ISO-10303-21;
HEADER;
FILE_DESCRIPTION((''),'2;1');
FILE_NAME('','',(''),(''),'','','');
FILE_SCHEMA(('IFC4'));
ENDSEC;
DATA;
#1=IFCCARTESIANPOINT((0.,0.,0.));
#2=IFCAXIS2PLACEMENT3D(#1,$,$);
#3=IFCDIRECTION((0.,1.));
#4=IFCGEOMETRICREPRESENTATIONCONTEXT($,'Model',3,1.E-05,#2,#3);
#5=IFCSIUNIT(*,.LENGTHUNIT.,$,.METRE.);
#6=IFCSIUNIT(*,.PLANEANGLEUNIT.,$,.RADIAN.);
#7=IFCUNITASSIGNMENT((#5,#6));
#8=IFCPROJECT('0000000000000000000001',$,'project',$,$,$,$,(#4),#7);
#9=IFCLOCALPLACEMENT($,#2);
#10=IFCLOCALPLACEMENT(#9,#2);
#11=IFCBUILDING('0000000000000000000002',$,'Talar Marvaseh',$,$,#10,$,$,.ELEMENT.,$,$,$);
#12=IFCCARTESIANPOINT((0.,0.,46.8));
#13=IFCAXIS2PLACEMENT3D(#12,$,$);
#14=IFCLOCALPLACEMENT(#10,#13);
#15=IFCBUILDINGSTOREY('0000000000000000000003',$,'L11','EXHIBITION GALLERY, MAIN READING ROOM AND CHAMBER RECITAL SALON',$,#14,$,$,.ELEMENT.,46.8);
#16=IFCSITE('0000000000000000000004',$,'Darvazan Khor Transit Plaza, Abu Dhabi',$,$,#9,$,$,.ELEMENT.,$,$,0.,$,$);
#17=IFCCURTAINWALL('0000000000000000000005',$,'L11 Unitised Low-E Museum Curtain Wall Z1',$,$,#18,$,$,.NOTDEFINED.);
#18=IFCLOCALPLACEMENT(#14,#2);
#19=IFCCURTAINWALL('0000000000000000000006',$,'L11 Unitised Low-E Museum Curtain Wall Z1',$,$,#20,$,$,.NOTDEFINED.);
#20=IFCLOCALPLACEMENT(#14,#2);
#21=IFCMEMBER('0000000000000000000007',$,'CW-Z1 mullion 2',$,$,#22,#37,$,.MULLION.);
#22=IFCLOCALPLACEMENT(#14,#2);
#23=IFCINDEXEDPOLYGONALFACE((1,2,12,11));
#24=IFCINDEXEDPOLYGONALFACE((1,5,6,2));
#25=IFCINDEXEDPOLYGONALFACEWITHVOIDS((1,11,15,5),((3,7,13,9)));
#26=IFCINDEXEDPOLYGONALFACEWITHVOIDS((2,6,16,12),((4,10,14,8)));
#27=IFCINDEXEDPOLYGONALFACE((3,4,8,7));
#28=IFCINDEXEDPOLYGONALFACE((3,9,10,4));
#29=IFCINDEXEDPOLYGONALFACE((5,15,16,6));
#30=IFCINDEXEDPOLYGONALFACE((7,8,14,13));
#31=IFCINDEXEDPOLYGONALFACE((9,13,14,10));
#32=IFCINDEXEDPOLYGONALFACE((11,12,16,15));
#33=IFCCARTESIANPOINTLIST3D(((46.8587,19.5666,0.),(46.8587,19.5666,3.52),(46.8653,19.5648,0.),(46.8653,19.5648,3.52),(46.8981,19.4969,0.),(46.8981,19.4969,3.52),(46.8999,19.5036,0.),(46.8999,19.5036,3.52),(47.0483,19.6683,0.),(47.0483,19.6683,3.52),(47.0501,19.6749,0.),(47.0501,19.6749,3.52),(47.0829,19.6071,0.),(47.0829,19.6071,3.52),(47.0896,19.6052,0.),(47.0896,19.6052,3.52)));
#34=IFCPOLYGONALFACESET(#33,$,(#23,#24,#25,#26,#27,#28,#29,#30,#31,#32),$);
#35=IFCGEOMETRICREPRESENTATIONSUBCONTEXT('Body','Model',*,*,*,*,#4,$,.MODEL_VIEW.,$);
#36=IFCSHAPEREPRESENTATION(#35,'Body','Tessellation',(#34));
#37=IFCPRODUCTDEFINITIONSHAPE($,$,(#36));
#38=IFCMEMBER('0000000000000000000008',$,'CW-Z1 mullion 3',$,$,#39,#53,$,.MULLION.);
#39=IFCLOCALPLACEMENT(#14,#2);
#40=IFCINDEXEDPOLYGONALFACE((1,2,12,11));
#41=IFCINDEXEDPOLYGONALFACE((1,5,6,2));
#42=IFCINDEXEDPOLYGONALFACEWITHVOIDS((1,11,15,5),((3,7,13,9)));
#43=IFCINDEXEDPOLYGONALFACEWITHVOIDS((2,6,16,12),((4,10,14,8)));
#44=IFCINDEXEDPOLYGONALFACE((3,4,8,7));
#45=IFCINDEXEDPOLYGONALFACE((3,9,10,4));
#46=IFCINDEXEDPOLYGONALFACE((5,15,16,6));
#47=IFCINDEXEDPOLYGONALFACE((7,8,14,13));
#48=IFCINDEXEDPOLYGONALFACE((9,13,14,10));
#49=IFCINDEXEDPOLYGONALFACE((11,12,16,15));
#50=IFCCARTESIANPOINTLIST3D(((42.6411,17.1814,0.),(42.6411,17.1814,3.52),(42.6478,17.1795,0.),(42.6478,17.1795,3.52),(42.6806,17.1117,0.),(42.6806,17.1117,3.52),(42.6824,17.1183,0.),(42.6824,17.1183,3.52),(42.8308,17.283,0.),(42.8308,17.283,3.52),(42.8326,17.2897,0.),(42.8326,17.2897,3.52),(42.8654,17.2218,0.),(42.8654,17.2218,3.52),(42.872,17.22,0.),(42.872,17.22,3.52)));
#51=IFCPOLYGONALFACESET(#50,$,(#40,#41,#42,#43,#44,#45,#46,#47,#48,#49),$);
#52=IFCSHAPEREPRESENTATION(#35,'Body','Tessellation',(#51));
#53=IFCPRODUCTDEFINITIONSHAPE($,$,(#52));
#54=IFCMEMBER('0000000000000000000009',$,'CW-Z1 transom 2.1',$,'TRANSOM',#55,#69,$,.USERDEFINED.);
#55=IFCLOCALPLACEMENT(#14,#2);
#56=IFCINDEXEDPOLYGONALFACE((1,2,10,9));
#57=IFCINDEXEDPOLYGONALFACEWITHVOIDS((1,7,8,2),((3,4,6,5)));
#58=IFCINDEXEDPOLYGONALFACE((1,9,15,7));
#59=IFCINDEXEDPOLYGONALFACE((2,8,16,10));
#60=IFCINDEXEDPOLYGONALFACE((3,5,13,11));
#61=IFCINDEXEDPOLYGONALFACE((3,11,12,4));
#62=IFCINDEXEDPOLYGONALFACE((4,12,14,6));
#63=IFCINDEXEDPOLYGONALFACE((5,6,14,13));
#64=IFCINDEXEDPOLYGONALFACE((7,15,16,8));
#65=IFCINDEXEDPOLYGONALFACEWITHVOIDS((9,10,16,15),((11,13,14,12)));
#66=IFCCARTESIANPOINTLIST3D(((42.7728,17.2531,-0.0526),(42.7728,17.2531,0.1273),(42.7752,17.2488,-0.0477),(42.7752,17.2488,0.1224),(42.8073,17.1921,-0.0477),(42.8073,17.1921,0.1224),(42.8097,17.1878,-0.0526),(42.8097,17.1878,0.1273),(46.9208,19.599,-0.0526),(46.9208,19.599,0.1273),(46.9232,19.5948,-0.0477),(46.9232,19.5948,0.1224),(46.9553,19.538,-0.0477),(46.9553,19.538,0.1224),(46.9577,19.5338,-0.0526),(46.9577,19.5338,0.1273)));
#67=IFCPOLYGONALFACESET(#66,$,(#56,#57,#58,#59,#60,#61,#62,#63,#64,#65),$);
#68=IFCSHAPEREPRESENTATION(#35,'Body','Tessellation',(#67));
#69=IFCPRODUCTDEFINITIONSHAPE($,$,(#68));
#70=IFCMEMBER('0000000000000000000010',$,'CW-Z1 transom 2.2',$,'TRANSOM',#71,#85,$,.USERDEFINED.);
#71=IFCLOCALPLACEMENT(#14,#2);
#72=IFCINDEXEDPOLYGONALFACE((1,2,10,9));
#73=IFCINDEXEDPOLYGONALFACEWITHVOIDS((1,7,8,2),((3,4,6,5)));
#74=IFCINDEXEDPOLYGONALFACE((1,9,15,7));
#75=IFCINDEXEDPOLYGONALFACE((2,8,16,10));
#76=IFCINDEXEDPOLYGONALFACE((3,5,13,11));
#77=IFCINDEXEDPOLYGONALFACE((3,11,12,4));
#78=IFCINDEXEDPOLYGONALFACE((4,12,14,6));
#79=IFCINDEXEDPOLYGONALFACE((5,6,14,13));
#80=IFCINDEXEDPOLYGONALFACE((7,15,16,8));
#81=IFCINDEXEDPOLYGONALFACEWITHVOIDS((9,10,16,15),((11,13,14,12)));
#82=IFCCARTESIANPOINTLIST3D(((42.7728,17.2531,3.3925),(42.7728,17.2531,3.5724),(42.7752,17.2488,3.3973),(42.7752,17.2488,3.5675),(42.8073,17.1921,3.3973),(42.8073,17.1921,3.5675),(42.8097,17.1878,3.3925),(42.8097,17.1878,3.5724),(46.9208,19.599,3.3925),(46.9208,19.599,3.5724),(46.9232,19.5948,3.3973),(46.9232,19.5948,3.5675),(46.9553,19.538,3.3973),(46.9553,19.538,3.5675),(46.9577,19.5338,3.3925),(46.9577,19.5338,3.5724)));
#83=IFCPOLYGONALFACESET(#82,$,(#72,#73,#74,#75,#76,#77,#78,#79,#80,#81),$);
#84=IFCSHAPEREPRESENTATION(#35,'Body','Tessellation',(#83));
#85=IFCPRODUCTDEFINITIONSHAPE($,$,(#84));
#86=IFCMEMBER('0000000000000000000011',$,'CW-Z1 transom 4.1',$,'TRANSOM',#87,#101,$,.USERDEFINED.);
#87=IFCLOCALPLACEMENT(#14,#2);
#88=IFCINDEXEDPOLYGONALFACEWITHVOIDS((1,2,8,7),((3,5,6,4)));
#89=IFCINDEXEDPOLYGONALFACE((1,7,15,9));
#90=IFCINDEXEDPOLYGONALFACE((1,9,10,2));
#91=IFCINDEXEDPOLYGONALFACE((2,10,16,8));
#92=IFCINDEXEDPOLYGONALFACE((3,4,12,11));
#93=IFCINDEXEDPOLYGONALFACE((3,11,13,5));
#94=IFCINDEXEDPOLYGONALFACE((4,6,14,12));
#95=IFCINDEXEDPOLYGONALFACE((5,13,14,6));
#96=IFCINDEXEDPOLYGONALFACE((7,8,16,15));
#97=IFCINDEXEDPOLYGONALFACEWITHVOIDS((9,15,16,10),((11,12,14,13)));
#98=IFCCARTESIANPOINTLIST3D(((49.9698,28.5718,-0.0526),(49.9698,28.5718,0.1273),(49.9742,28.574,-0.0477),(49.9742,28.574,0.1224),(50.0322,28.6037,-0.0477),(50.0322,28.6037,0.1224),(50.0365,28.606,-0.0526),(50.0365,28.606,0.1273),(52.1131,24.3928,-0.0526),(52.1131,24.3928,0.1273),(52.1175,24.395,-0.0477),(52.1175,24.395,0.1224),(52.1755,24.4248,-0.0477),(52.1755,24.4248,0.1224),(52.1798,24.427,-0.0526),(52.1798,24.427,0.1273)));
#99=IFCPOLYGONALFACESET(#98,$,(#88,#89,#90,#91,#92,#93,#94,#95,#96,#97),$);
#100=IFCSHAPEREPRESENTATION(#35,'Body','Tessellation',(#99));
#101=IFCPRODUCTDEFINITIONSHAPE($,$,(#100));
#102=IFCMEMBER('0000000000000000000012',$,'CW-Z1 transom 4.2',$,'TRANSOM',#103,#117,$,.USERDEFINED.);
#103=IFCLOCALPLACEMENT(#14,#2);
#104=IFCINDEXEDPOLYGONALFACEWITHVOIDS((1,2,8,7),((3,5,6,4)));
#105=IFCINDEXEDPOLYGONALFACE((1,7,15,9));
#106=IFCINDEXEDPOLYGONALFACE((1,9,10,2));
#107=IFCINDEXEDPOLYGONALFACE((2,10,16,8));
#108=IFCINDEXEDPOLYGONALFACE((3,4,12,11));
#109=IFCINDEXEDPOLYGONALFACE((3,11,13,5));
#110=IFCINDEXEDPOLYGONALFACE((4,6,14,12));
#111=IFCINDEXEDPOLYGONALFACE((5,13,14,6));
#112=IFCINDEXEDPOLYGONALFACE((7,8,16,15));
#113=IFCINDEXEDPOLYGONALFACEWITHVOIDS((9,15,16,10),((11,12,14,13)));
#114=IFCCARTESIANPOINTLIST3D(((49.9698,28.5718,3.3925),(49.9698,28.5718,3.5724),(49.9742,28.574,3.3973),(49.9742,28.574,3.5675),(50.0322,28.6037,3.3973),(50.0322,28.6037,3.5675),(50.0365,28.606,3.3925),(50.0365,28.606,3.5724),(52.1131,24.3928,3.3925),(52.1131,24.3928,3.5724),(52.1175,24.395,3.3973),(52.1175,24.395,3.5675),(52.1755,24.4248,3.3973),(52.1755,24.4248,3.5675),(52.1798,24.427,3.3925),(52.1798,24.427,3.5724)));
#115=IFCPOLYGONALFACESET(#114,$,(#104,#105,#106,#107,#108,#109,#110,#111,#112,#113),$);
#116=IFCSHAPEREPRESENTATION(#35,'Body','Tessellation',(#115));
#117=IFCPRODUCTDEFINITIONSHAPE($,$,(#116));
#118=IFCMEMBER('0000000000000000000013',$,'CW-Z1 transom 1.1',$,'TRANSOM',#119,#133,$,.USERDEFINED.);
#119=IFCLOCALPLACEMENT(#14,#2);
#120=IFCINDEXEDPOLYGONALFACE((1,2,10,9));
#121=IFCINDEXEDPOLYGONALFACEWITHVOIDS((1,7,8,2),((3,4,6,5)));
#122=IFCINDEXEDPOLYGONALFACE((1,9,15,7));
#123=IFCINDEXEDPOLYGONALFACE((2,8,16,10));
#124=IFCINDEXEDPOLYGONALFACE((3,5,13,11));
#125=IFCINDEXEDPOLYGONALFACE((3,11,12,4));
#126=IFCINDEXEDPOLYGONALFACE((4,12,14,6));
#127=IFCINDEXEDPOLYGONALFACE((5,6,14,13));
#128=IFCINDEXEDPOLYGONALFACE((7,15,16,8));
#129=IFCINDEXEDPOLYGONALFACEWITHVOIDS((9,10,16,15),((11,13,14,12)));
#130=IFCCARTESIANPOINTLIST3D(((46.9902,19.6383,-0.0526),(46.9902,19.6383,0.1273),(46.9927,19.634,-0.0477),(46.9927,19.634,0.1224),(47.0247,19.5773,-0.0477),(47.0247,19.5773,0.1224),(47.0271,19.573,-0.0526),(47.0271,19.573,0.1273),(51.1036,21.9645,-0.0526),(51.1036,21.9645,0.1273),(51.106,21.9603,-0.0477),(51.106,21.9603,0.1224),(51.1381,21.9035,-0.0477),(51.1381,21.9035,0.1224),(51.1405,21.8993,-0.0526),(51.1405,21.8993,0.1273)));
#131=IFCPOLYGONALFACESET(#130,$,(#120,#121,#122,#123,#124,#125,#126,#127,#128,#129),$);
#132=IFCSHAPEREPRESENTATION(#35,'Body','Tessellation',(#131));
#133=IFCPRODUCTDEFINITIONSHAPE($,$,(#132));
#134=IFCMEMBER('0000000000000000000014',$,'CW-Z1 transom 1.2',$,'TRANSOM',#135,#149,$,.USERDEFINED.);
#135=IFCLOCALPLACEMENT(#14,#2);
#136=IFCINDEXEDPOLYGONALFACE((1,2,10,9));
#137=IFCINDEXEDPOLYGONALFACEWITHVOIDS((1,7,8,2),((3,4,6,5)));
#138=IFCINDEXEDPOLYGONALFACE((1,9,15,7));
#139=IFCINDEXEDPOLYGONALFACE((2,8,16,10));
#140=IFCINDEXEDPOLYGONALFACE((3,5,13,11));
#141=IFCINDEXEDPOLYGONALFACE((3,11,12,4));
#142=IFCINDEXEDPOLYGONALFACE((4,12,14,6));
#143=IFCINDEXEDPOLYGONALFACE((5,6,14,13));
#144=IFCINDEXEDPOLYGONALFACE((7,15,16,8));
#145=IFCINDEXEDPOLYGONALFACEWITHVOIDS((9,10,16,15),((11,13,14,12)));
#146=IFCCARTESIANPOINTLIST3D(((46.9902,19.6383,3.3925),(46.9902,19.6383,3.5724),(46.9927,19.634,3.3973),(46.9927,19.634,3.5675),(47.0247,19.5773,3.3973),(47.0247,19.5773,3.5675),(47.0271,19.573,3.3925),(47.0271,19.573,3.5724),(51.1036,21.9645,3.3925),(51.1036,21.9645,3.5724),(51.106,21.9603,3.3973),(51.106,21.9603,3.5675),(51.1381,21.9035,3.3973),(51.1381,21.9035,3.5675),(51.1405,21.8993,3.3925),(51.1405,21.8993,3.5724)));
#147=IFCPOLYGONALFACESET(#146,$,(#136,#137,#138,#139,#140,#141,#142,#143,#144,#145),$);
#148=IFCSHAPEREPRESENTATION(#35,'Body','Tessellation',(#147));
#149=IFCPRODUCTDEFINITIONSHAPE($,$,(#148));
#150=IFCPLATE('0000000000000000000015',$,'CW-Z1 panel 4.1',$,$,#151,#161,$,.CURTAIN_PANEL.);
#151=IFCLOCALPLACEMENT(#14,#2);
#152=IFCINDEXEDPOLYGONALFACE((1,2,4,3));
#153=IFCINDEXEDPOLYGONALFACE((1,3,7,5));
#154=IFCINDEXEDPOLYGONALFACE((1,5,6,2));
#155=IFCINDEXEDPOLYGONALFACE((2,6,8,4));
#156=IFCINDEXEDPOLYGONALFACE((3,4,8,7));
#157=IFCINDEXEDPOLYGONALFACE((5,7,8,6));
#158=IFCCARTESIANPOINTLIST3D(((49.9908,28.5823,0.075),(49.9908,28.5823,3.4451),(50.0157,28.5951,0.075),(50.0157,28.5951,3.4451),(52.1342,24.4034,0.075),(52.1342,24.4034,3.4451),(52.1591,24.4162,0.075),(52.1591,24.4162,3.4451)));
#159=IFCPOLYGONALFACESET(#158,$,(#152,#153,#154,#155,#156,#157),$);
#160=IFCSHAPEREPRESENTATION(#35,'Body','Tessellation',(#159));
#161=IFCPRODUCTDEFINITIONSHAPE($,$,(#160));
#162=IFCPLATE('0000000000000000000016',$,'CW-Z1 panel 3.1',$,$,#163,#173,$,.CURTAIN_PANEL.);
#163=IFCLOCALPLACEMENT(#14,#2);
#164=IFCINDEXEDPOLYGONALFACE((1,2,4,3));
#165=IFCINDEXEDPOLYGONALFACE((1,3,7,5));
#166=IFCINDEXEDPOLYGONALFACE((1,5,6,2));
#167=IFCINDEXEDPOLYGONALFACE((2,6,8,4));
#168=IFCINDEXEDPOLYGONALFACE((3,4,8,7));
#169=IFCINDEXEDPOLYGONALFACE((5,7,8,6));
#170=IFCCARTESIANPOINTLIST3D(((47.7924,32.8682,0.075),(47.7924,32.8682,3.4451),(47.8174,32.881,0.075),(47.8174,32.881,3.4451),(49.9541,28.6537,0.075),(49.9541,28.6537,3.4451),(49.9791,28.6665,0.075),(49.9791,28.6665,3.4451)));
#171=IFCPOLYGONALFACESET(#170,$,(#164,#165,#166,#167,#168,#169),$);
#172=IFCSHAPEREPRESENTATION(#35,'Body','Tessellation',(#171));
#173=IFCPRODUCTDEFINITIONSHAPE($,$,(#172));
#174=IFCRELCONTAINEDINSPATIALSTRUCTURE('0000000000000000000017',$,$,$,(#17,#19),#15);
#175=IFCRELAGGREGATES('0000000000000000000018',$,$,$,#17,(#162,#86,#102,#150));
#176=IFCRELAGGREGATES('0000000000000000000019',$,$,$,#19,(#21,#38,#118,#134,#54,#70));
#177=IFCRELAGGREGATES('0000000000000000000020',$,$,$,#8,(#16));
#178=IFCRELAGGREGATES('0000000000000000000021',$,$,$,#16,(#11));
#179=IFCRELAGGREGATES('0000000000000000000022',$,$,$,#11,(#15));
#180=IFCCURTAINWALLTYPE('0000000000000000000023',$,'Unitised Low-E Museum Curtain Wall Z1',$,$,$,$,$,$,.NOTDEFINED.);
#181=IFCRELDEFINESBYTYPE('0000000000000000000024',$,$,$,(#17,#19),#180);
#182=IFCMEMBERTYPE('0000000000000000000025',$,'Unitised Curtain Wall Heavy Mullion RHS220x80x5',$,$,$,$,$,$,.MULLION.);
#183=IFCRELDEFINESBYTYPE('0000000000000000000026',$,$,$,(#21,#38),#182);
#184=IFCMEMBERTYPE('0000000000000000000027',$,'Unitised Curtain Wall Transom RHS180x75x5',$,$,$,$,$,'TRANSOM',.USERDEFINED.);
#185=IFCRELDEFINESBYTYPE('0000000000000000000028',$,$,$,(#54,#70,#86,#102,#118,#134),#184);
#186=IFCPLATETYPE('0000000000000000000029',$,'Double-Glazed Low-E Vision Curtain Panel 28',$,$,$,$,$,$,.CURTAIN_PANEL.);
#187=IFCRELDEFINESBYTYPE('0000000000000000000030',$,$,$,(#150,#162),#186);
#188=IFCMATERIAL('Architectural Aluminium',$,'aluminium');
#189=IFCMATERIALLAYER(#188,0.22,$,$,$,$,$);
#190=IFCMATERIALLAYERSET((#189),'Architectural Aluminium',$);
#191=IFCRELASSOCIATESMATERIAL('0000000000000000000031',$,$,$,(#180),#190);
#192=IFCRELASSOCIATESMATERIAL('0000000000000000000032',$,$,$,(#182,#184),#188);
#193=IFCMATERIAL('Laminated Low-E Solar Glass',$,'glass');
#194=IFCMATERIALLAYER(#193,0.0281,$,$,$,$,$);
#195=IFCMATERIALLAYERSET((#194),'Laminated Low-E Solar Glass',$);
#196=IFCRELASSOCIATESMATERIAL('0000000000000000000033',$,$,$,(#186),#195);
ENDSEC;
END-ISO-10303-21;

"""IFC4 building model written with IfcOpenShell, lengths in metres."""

from ifc_helpers import new_model, si_unit, direction, frame, origin, origin_2d, place, context, subcontext, project, spatial, rectangle, hollow_rectangle, extrude, source, transform, mapped, material, layer, layer_set, material_profile, profile_set, type_object, type_shapes, element, aggregate, save


model = new_model("IFC4")

# Units and contexts
model_context = context("Model", 3, precision=1e-05, world=origin(), true_north=direction((0.0, 1.0)))
body_context = subcontext(model_context, "Body", "Model", "MODEL_VIEW")
ifc_project = project(units=[si_unit("LENGTHUNIT", "METRE"), si_unit("PLANEANGLEUNIT", "RADIAN")], contexts=[model_context])

# Site, building, storey
site_placement = place(None, origin())
site = spatial("IfcSite", under=ifc_project, at=site_placement, Name="Darvazan Khor Transit Plaza, Abu Dhabi", CompositionType="ELEMENT", RefElevation=0.0)
building_placement = place(site_placement, origin())
building = spatial("IfcBuilding", under=site, at=building_placement, Name="Talar Marvaseh", CompositionType="ELEMENT")
storey_placement = place(building_placement, frame((0.0, 0.0, 46.8)))
storey = spatial("IfcBuildingStorey", under=building, at=storey_placement, Name="L11", Description="EXHIBITION GALLERY, MAIN READING ROOM AND CHAMBER RECITAL SALON", CompositionType="ELEMENT", Elevation=46.8)

# Curtain walls, members
ifc_material_1 = material(Name="Architectural Aluminium", Category="aluminium")
ifc_layer_1 = layer(ifc_material_1, 0.22)
ifc_layer_set_1 = layer_set([ifc_layer_1], Name="Architectural Aluminium")
curtain_wall_type = type_object("IfcCurtainWallType", Name="Unitised Low-E Museum Curtain Wall Z1", PredefinedType="NOTDEFINED", material=ifc_layer_set_1)
curtain_wall_1_placement = place(storey_placement, origin())
curtain_wall_1 = element("IfcCurtainWall", 1, at=curtain_wall_1_placement, inside=storey, type_object=curtain_wall_type, Name="L11 Unitised Low-E Museum Curtain Wall Z1", PredefinedType="NOTDEFINED")
ifc_material_profile_1 = material_profile(ifc_material_1, hollow_rectangle(XDim=0.0801, YDim=0.22, WallThickness=0.0049, at=origin_2d()), Name="RHS220x80x5")
ifc_profile_set_1 = profile_set([ifc_material_profile_1], Name="Architectural Aluminium")
member_type_1 = type_object("IfcMemberType", Name="Unitised Curtain Wall Heavy Mullion RHS220x80x5", PredefinedType="MULLION", material=ifc_profile_set_1)
shared_shape_1 = source(origin(), body_context, "Body", "SweptSolid", [
    extrude(hollow_rectangle(XDim=0.0801, YDim=0.22, WallThickness=0.0049, at=origin_2d()), origin(), (0.0, 0.0, 1.0), 3.52),
])
type_shapes(member_type_1, [shared_shape_1])
curtain_wall_2_placement = place(storey_placement, origin())
curtain_wall_2 = element("IfcCurtainWall", 2, at=curtain_wall_2_placement, inside=storey, type_object=curtain_wall_type, Name="L11 Unitised Low-E Museum Curtain Wall Z1", PredefinedType="NOTDEFINED")
member_1_placement = place(storey_placement, frame((46.9741, 19.5859, 0.0), z_axis=(0.0, 0.0, 1.0), x_axis=(0.492291, -0.870431, 0.0)))
member_1 = element("IfcMember", 3, at=member_1_placement, type_object=member_type_1, Name="CW-Z1 mullion 2", PredefinedType="MULLION", context=body_context, shape_type="MappedRepresentation", body=[
    mapped(shared_shape_1, transform((0.0, 0.0, 0.0), x_axis=(1.0, 0.0, 0.0), y_axis=(0.0, 1.0, 0.0), z_axis=(0.0, 0.0, 1.0), scale=1.0)),
])
member_2_placement = place(storey_placement, frame((42.7566, 17.2007, 0.0), z_axis=(0.0, 0.0, 1.0), x_axis=(0.492291, -0.870431, 0.0)))
member_2 = element("IfcMember", 4, at=member_2_placement, type_object=member_type_1, Name="CW-Z1 mullion 3", PredefinedType="MULLION", context=body_context, shape_type="MappedRepresentation", body=[
    mapped(shared_shape_1, transform((0.0, 0.0, 0.0), x_axis=(1.0, 0.0, 0.0), y_axis=(0.0, 1.0, 0.0), z_axis=(0.0, 0.0, 1.0), scale=1.0)),
])
ifc_material_profile_2 = material_profile(ifc_material_1, hollow_rectangle(XDim=0.075, YDim=0.1799, WallThickness=0.0049, at=origin_2d()), Name="RHS180x75x5")
ifc_profile_set_2 = profile_set([ifc_material_profile_2], Name="Architectural Aluminium")
member_type_2 = type_object("IfcMemberType", Name="Unitised Curtain Wall Transom RHS180x75x5", ElementType="TRANSOM", PredefinedType="USERDEFINED", material=ifc_profile_set_2)
shared_shape_2 = source(origin(), body_context, "Body", "SweptSolid", [
    extrude(hollow_rectangle(XDim=0.075, YDim=0.1799, WallThickness=0.0049, at=origin_2d()), origin(), (0.0, 0.0, 1.0), 4.7654),
])
member_3_placement = place(storey_placement, frame((46.9392, 19.5664, 0.0374), z_axis=(-0.870432, -0.492289, 0.0), x_axis=(0.492289, -0.870432, 0.0)))
member_3 = element("IfcMember", 5, at=member_3_placement, type_object=member_type_2, Name="CW-Z1 transom 2.1", ObjectType="TRANSOM", PredefinedType="USERDEFINED", context=body_context, shape_type="MappedRepresentation", body=[
    mapped(shared_shape_2, transform((0.0, 0.0, 0.0), x_axis=(1.0, 0.0, 0.0), y_axis=(0.0, 1.0, 0.0), z_axis=(0.0, 0.0, 1.0), scale=1.0)),
])
member_4_placement = place(storey_placement, frame((46.9392, 19.5664, 3.4824), z_axis=(-0.870432, -0.492289, 0.0), x_axis=(0.492289, -0.870432, 0.0)))
member_4 = element("IfcMember", 6, at=member_4_placement, type_object=member_type_2, Name="CW-Z1 transom 2.2", ObjectType="TRANSOM", PredefinedType="USERDEFINED", context=body_context, shape_type="MappedRepresentation", body=[
    mapped(shared_shape_2, transform((0.0, 0.0, 0.0), x_axis=(1.0, 0.0, 0.0), y_axis=(0.0, 1.0, 0.0), z_axis=(0.0, 0.0, 1.0), scale=1.0)),
])

# Members
shared_shape_3 = source(origin(), body_context, "Body", "SweptSolid", [
    extrude(hollow_rectangle(XDim=0.075, YDim=0.1799, WallThickness=0.0049, at=origin_2d()), origin(), (0.0, 0.0, 1.0), 4.6965),
])
member_5_placement = place(storey_placement, frame((50.0032, 28.5889, 0.0374), z_axis=(0.45636, -0.889795, 0.0), x_axis=(0.889795, 0.45636, 0.0)))
member_5 = element("IfcMember", 7, at=member_5_placement, type_object=member_type_2, Name="CW-Z1 transom 4.1", ObjectType="TRANSOM", PredefinedType="USERDEFINED", context=body_context, shape_type="MappedRepresentation", body=[
    mapped(shared_shape_3, transform((0.0, 0.0, 0.0), x_axis=(1.0, 0.0, 0.0), y_axis=(0.0, 1.0, 0.0), z_axis=(0.0, 0.0, 1.0), scale=1.0)),
])
member_6_placement = place(storey_placement, frame((50.0032, 28.5889, 3.4824), z_axis=(0.45636, -0.889795, 0.0), x_axis=(0.889795, 0.45636, 0.0)))
member_6 = element("IfcMember", 8, at=member_6_placement, type_object=member_type_2, Name="CW-Z1 transom 4.2", ObjectType="TRANSOM", PredefinedType="USERDEFINED", context=body_context, shape_type="MappedRepresentation", body=[
    mapped(shared_shape_3, transform((0.0, 0.0, 0.0), x_axis=(1.0, 0.0, 0.0), y_axis=(0.0, 1.0, 0.0), z_axis=(0.0, 0.0, 1.0), scale=1.0)),
])
shared_shape_4 = source(origin(), body_context, "Body", "SweptSolid", [
    extrude(hollow_rectangle(XDim=0.075, YDim=0.1799, WallThickness=0.0049, at=origin_2d()), origin(), (0.0, 0.0, 1.0), 4.7256),
])
type_shapes(member_type_2, [shared_shape_2, shared_shape_3, shared_shape_4])
member_7_placement = place(storey_placement, frame((51.1221, 21.9319, 0.0374), z_axis=(-0.870447, -0.492262, 0.0), x_axis=(0.492262, -0.870447, 0.0)))
member_7 = element("IfcMember", 9, at=member_7_placement, type_object=member_type_2, Name="CW-Z1 transom 1.1", ObjectType="TRANSOM", PredefinedType="USERDEFINED", context=body_context, shape_type="MappedRepresentation", body=[
    mapped(shared_shape_4, transform((0.0, 0.0, 0.0), x_axis=(1.0, 0.0, 0.0), y_axis=(0.0, 1.0, 0.0), z_axis=(0.0, 0.0, 1.0), scale=1.0)),
])
member_8_placement = place(storey_placement, frame((51.1221, 21.9319, 3.4824), z_axis=(-0.870447, -0.492262, 0.0), x_axis=(0.492262, -0.870447, 0.0)))
member_8 = element("IfcMember", 10, at=member_8_placement, type_object=member_type_2, Name="CW-Z1 transom 1.2", ObjectType="TRANSOM", PredefinedType="USERDEFINED", context=body_context, shape_type="MappedRepresentation", body=[
    mapped(shared_shape_4, transform((0.0, 0.0, 0.0), x_axis=(1.0, 0.0, 0.0), y_axis=(0.0, 1.0, 0.0), z_axis=(0.0, 0.0, 1.0), scale=1.0)),
])

# Plates
ifc_material_2 = material(Name="Laminated Low-E Solar Glass", Category="glass")
ifc_layer_2 = layer(ifc_material_2, 0.0281)
ifc_layer_set_2 = layer_set([ifc_layer_2], Name="Laminated Low-E Solar Glass")
plate_type = type_object("IfcPlateType", Name="Double-Glazed Low-E Vision Curtain Panel 28", PredefinedType="CURTAIN_PANEL", material=ifc_layer_set_2)
shared_shape_5 = source(origin(), body_context, "Body", "SweptSolid", [
    extrude(rectangle(XDim=4.6965, YDim=0.0281, at=origin_2d()), origin(), (0.0, 0.0, 1.0), 3.3701),
])
plate_1_placement = place(storey_placement, frame((51.075, 26.4993, 0.075), z_axis=(0.0, 0.0, 1.0), x_axis=(0.456379, -0.889785, 0.0)))
plate_1 = element("IfcPlate", 11, at=plate_1_placement, type_object=plate_type, Name="CW-Z1 panel 4.1", PredefinedType="CURTAIN_PANEL", context=body_context, shape_type="MappedRepresentation", body=[
    mapped(shared_shape_5, transform((0.0, 0.0, 0.0), x_axis=(1.0, 0.0, 0.0), y_axis=(0.0, 1.0, 0.0), z_axis=(0.0, 0.0, 1.0), scale=1.0)),
])
shared_shape_6 = source(origin(), body_context, "Body", "SweptSolid", [
    extrude(rectangle(XDim=4.7366, YDim=0.0281, at=origin_2d()), origin(), (0.0, 0.0, 1.0), 3.3701),
])
plate_2_placement = place(storey_placement, frame((48.8857, 30.7673, 0.075), z_axis=(0.0, 0.0, 1.0), x_axis=(0.456379, -0.889785, 0.0)))
plate_2 = element("IfcPlate", 12, at=plate_2_placement, type_object=plate_type, Name="CW-Z1 panel 3.1", PredefinedType="CURTAIN_PANEL", context=body_context, shape_type="MappedRepresentation", body=[
    mapped(shared_shape_6, transform((0.0, 0.0, 0.0), x_axis=(1.0, 0.0, 0.0), y_axis=(0.0, 1.0, 0.0), z_axis=(0.0, 0.0, 1.0), scale=1.0)),
])
aggregate(curtain_wall_1, [plate_2, member_5, member_6, plate_1])
aggregate(curtain_wall_2, [member_1, member_2, member_7, member_8, member_3, member_4])

save(model, "model.ifc")
